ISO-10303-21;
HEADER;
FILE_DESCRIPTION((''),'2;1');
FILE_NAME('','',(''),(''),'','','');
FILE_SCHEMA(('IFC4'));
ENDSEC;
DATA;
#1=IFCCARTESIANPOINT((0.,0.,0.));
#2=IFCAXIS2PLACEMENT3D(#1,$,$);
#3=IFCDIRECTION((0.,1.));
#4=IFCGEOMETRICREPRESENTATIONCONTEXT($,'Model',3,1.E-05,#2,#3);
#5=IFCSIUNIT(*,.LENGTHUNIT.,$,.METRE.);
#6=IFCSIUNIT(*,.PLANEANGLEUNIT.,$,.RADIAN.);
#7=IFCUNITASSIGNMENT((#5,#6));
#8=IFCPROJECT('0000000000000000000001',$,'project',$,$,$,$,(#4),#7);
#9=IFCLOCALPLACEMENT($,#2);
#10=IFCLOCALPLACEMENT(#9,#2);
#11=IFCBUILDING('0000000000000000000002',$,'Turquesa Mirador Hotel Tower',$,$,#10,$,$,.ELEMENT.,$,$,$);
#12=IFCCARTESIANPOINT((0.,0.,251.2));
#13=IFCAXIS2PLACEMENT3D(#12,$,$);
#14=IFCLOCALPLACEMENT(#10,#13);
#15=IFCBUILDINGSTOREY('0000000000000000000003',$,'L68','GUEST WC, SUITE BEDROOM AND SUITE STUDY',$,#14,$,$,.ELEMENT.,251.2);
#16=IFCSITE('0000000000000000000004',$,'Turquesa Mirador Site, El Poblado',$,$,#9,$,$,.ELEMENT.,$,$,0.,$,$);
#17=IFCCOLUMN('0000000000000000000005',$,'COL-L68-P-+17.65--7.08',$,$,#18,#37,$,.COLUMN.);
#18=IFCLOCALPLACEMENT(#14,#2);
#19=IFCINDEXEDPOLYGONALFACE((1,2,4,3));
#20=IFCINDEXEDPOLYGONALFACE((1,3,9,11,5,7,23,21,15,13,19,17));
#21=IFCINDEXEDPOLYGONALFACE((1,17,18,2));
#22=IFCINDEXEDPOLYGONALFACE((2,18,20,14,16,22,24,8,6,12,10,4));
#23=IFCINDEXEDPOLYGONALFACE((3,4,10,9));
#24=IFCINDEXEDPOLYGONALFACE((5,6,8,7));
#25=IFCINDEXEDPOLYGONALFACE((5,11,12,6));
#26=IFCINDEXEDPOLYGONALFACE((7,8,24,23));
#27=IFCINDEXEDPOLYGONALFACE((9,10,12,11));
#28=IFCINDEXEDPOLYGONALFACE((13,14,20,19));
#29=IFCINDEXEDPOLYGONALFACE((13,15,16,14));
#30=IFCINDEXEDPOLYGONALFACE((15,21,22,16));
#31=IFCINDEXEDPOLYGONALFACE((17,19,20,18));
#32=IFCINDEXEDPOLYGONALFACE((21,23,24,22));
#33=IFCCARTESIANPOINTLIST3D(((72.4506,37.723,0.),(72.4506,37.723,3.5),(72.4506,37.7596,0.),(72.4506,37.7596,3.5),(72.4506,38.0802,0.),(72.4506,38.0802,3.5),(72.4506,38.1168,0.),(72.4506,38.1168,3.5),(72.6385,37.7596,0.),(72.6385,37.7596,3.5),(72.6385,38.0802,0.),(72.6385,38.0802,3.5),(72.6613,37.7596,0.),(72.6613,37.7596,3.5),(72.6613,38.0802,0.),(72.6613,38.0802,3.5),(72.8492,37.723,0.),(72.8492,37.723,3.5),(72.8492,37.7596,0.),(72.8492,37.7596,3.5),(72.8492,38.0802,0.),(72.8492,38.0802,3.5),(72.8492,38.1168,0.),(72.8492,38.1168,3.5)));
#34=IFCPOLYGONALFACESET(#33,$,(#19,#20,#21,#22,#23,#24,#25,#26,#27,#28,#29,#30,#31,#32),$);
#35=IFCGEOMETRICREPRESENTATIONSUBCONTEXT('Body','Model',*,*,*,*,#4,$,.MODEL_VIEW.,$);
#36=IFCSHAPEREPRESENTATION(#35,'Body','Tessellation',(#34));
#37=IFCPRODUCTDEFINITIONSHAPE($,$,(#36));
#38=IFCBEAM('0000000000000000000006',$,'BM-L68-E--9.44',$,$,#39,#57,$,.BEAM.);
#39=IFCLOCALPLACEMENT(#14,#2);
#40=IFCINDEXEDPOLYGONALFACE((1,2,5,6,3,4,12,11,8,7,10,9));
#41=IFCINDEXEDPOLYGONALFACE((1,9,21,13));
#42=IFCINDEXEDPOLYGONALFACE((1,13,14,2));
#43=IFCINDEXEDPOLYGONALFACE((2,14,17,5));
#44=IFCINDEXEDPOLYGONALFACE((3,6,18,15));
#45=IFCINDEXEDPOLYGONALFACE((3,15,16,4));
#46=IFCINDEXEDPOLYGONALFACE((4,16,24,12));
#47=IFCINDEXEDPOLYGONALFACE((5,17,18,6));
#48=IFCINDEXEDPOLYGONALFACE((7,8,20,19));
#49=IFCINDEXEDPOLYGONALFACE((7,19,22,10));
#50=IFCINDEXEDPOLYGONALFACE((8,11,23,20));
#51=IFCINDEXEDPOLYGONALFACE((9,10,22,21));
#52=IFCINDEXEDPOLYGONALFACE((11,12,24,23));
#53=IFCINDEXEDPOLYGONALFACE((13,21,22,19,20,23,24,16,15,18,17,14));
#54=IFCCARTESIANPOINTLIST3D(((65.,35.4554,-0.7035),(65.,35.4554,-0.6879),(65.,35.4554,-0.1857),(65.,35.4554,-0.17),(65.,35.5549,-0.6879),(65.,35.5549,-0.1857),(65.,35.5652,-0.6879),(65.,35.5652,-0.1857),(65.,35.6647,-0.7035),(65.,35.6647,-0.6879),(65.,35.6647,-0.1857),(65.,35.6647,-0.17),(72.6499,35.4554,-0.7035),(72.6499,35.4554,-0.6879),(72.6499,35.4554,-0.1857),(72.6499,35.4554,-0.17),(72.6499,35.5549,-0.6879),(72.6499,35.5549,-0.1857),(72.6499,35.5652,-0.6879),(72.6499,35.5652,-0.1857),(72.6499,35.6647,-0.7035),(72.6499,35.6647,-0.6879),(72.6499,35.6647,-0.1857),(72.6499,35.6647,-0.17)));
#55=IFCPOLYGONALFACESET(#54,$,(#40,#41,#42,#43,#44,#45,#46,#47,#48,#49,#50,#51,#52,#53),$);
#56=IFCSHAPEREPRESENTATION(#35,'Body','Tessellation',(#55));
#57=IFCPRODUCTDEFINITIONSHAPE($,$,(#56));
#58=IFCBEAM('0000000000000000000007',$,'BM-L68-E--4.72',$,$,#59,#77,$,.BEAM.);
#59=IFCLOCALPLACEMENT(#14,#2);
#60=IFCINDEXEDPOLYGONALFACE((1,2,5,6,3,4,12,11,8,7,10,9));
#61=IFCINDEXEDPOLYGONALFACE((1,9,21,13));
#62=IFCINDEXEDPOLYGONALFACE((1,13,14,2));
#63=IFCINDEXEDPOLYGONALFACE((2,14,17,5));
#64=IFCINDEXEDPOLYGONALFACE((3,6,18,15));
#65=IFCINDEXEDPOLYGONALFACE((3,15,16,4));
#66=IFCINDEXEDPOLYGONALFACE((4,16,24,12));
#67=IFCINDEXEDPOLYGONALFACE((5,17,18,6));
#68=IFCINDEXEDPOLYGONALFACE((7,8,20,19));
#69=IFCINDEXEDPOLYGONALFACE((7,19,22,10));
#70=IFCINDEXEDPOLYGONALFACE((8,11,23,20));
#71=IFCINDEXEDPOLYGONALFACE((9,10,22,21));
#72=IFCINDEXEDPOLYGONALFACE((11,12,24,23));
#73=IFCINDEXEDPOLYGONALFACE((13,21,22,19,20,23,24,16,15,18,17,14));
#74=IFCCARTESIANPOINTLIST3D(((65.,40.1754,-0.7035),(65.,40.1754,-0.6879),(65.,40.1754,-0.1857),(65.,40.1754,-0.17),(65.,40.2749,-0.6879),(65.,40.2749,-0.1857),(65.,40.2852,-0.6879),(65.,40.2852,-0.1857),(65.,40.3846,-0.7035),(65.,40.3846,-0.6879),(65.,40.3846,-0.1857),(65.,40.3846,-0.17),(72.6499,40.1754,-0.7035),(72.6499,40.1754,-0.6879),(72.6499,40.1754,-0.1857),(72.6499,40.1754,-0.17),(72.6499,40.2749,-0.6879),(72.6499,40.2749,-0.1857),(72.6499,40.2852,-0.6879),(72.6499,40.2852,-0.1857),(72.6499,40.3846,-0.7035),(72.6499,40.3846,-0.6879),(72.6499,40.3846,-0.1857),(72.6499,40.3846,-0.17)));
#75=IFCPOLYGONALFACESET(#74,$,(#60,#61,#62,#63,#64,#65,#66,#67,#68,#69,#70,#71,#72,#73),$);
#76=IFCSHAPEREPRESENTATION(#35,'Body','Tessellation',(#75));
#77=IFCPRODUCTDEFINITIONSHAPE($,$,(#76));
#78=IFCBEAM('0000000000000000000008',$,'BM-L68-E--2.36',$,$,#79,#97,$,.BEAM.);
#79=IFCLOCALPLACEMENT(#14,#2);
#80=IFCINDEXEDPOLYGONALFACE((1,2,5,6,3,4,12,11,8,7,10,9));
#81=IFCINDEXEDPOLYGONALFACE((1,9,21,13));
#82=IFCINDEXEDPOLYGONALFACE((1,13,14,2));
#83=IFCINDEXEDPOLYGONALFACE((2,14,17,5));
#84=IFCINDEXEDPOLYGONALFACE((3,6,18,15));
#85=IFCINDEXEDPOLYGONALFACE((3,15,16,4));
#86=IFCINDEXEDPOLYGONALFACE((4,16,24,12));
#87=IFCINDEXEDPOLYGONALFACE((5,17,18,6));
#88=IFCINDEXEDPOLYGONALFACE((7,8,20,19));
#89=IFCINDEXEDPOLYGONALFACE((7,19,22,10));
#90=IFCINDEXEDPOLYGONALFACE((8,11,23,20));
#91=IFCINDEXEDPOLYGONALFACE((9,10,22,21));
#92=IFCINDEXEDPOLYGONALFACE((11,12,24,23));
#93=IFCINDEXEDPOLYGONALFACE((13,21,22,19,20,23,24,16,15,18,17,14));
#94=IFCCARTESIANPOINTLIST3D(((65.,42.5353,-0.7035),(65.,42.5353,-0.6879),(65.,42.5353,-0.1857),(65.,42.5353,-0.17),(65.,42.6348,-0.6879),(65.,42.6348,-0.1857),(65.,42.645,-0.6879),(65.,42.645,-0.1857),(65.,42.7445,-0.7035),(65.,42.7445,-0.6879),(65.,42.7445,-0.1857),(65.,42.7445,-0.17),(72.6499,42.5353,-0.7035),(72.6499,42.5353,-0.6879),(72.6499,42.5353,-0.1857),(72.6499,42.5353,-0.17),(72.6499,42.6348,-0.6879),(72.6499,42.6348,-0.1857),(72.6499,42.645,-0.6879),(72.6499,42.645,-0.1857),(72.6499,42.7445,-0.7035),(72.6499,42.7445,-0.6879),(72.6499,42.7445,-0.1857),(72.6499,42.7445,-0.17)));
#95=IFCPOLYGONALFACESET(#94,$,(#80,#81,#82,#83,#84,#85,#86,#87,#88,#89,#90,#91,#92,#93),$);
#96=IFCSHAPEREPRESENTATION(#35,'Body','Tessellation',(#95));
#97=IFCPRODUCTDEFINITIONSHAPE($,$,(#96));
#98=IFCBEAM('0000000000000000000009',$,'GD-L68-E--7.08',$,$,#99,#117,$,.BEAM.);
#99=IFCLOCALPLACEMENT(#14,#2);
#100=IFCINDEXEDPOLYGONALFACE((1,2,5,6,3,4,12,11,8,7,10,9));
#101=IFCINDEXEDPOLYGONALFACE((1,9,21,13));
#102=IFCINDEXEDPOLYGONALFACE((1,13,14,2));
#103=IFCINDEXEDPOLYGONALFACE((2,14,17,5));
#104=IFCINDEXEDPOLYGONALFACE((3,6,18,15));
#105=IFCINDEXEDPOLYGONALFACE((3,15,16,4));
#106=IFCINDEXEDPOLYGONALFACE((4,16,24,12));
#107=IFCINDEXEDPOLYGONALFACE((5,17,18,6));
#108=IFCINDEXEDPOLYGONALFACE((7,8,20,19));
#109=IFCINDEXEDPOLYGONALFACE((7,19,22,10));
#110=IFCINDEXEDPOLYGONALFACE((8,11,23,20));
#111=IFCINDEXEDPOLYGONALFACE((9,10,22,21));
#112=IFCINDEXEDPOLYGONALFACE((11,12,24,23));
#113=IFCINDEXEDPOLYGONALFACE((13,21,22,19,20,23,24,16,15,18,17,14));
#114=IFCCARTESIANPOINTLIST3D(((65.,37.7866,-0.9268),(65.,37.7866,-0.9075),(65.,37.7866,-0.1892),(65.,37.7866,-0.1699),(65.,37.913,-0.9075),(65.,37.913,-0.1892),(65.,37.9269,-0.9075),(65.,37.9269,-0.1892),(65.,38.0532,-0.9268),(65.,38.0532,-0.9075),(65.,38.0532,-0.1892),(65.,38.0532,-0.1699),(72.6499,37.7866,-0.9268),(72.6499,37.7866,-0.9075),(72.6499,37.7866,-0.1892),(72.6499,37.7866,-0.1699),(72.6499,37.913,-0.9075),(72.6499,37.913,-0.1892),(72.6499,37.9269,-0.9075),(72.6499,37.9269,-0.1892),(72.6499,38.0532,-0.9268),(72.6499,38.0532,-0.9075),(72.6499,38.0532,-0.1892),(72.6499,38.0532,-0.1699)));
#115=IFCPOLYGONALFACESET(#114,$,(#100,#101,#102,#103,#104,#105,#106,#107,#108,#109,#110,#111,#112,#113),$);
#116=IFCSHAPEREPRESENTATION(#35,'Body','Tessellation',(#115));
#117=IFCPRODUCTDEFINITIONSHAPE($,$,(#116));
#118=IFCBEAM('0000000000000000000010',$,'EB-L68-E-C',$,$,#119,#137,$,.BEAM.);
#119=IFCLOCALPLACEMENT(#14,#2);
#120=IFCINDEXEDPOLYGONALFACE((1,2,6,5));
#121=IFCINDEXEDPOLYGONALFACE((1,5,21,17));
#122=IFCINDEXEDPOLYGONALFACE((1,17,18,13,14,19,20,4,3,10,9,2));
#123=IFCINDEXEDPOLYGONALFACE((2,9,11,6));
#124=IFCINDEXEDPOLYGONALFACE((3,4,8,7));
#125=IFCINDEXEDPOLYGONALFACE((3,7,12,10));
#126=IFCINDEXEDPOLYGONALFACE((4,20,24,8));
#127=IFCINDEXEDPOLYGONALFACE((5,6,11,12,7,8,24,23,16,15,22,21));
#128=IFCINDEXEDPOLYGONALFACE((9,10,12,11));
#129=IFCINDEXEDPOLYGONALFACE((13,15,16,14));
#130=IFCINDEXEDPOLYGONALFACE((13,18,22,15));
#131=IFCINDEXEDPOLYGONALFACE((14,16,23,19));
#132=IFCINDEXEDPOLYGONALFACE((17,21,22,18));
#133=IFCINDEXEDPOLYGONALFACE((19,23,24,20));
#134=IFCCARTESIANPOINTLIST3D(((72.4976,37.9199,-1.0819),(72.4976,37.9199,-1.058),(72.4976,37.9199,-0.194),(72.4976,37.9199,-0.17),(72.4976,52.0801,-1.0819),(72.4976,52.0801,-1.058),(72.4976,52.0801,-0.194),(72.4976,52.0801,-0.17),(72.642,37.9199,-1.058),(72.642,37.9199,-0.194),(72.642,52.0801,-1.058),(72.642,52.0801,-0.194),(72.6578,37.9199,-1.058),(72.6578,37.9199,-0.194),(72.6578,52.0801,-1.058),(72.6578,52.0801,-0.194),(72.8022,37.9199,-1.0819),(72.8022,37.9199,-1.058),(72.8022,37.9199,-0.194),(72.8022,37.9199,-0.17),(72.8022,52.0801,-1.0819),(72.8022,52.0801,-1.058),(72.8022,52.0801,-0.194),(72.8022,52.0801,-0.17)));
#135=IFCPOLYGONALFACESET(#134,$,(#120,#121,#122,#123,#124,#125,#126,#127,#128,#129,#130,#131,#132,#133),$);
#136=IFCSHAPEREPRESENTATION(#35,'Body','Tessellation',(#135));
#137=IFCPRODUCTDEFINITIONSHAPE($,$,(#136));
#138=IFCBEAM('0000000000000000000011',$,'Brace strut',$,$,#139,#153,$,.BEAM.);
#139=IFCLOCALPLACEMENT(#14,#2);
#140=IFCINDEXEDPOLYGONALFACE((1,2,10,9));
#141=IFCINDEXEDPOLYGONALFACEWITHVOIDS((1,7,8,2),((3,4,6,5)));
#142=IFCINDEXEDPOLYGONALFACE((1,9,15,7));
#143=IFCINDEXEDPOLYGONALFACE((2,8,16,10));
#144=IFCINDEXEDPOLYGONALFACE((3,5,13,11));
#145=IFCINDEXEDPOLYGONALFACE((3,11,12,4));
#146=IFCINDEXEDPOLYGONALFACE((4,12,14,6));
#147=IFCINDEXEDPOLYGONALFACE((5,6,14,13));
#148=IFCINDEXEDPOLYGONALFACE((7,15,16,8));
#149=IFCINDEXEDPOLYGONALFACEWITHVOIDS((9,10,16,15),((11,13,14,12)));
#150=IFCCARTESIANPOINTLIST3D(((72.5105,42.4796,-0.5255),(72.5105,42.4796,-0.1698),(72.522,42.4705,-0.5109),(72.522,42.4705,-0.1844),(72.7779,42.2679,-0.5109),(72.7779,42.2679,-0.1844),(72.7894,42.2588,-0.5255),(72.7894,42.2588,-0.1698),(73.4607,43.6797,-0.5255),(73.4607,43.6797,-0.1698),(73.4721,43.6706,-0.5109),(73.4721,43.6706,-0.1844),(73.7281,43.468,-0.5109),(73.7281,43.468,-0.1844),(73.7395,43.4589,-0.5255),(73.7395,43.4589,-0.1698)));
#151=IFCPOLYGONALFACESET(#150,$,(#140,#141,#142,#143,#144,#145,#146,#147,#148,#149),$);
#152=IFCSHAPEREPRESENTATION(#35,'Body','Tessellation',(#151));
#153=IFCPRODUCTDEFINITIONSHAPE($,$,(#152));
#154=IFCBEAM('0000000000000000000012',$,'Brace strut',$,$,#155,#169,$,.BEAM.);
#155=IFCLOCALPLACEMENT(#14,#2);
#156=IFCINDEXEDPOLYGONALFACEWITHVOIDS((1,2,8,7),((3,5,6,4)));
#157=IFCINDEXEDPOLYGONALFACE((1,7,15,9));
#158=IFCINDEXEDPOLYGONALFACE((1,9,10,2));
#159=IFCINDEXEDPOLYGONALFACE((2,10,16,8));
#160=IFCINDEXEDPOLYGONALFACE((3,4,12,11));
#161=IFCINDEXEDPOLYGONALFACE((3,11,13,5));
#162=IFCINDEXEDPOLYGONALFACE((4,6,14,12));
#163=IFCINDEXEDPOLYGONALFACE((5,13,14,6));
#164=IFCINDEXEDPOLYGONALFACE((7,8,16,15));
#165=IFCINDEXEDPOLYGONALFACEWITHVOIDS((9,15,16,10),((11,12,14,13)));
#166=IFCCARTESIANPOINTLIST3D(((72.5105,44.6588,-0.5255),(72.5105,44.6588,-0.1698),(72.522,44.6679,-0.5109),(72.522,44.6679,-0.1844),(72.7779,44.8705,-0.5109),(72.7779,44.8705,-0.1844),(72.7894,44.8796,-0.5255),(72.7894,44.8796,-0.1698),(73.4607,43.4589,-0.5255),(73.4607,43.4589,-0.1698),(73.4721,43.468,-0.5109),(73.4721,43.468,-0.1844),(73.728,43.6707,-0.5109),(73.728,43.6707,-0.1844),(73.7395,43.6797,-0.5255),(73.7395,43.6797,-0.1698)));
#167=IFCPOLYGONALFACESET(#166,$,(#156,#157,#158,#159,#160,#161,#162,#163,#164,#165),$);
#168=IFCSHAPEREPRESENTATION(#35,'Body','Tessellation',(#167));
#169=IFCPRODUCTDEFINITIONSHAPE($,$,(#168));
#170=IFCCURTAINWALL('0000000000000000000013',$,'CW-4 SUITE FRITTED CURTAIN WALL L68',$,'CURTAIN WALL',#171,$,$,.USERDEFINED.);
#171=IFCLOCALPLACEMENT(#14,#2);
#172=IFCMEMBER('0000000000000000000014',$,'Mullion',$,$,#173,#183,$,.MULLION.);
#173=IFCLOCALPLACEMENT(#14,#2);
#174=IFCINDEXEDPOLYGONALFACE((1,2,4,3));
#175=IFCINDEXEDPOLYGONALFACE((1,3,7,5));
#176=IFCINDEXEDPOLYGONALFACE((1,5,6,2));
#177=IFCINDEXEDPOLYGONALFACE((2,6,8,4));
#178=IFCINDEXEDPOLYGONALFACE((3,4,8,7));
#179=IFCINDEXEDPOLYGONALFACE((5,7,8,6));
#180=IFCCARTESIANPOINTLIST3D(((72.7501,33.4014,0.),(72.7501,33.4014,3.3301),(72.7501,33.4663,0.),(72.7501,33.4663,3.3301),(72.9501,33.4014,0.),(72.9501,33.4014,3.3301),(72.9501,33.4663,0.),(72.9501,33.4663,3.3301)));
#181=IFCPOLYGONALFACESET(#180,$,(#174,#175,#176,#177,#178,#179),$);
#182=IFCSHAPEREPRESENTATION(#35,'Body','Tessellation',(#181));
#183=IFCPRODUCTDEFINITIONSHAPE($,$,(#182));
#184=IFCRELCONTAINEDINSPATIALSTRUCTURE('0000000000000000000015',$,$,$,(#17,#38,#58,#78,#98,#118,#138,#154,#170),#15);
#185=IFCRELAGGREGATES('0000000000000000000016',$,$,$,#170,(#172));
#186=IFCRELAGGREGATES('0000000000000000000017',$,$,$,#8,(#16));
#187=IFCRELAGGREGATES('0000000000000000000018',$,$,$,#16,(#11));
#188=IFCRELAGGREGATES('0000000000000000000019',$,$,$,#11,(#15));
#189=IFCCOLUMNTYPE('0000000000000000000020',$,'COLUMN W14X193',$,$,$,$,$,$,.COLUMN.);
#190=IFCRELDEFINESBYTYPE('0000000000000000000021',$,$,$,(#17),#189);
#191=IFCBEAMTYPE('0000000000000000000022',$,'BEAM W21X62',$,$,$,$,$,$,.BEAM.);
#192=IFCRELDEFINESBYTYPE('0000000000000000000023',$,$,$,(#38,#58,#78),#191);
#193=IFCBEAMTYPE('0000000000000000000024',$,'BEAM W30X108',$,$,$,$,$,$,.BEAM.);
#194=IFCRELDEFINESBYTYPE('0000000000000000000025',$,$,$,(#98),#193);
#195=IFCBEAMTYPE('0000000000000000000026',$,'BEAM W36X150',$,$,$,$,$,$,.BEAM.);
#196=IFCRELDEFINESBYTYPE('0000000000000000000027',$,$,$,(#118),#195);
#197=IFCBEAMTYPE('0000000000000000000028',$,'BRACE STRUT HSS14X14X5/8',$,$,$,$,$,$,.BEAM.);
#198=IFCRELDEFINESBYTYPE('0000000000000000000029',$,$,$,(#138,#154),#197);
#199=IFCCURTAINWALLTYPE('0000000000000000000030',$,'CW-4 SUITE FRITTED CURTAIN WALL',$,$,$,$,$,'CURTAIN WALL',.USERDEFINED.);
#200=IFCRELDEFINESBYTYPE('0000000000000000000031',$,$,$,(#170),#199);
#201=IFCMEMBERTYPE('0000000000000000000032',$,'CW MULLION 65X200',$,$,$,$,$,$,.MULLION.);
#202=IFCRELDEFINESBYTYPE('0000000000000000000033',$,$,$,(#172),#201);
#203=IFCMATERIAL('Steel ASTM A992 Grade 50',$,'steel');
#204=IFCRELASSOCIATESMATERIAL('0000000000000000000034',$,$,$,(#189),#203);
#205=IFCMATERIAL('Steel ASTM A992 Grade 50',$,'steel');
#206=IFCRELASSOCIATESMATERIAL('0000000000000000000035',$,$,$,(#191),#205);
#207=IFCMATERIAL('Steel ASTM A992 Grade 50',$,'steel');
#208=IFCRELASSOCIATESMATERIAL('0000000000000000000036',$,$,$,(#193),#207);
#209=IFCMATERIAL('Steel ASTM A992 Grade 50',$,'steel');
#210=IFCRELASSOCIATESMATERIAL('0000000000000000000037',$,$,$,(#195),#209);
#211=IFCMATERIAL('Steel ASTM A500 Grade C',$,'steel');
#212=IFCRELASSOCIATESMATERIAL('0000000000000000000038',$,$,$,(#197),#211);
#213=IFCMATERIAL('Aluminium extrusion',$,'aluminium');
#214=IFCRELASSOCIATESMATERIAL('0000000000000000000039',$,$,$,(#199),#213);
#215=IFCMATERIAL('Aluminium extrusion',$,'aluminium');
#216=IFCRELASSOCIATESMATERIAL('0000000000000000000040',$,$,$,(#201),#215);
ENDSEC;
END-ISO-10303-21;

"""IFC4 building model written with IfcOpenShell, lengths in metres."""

from ifc_helpers import new_model, si_unit, direction, frame, origin, origin_2d, place, context, subcontext, project, spatial, rectangle, hollow_rectangle, i_section, extrude, material, material_profile, profile_set, type_object, element, aggregate, save


model = new_model("IFC4")

# Units and contexts
model_context = context("Model", 3, precision=1e-05, world=origin(), true_north=direction((0.0, 1.0)))
body_context = subcontext(model_context, "Body", "Model", "MODEL_VIEW")
ifc_project = project(units=[si_unit("LENGTHUNIT", "METRE"), si_unit("PLANEANGLEUNIT", "RADIAN")], contexts=[model_context])

# Site, building, storey
site_placement = place(None, origin())
site = spatial("IfcSite", under=ifc_project, at=site_placement, Name="Turquesa Mirador Site, El Poblado", CompositionType="ELEMENT", RefElevation=0.0)
building_placement = place(site_placement, origin())
building = spatial("IfcBuilding", under=site, at=building_placement, Name="Turquesa Mirador Hotel Tower", CompositionType="ELEMENT")
storey_placement = place(building_placement, frame((0.0, 0.0, 251.2)))
storey = spatial("IfcBuildingStorey", under=building, at=storey_placement, Name="L68", Description="GUEST WC, SUITE BEDROOM AND SUITE STUDY", CompositionType="ELEMENT", Elevation=251.2)

# Column
ifc_material_1 = material(Name="Steel ASTM A992 Grade 50", Category="steel")
ifc_material_profile_1 = material_profile(ifc_material_1, i_section(OverallWidth=0.3987, OverallDepth=0.3938, WebThickness=0.0227, FlangeThickness=0.0366, at=origin_2d()), Name="W14X193")
ifc_profile_set_1 = profile_set([ifc_material_profile_1], Name="Steel ASTM A992 Grade 50")
column_type = type_object("IfcColumnType", Name="COLUMN W14X193", PredefinedType="COLUMN", material=ifc_profile_set_1)
column_placement = place(storey_placement, frame((72.6499, 37.9199, 0.0), z_axis=(0.0, 0.0, 1.0), x_axis=(1.0, 0.0, 0.0)))
element("IfcColumn", 1, at=column_placement, inside=storey, type_object=column_type, Name="COL-L68-P-+17.65--7.08", PredefinedType="COLUMN", context=body_context, shape_type="SweptSolid", body=[
    extrude(i_section(OverallWidth=0.3987, OverallDepth=0.3938, WebThickness=0.0227, FlangeThickness=0.0366, at=origin_2d()), origin(), (0.0, 0.0, 1.0), 3.5),
])

# Beams
ifc_material_2 = material(Name="Steel ASTM A992 Grade 50", Category="steel")
ifc_material_profile_2 = material_profile(ifc_material_2, i_section(OverallWidth=0.2092, OverallDepth=0.5334, WebThickness=0.0103, FlangeThickness=0.0156, at=origin_2d()), Name="W21X62")
ifc_profile_set_2 = profile_set([ifc_material_profile_2], Name="Steel ASTM A992 Grade 50")
beam_type_1 = type_object("IfcBeamType", Name="BEAM W21X62", PredefinedType="BEAM", material=ifc_profile_set_2)
for number, where, z_axis, x_axis, name in (
    (2, (72.6499, 35.5601, -0.4368), (-1.0, 0.0, 0.0), (0.0, -1.0, 0.0), "BM-L68-E--9.44"),
    (3, (72.6499, 40.28, -0.4368), (-1.0, 0.0, 0.0), (0.0, -1.0, 0.0), "BM-L68-E--4.72"),
    (4, (72.6499, 42.6399, -0.4368), (-1.0, 0.0, 0.0), (0.0, -1.0, 0.0), "BM-L68-E--2.36"),
):
    element("IfcBeam", number, at=place(storey_placement, frame(where, z_axis=z_axis, x_axis=x_axis)), inside=storey, type_object=beam_type_1, Name=name, PredefinedType="BEAM", context=body_context, shape_type="SweptSolid", body=[
        extrude(i_section(OverallWidth=0.2092, OverallDepth=0.5334, WebThickness=0.0103, FlangeThickness=0.0156, at=origin_2d()), origin(), (0.0, 0.0, 1.0), 7.6499),
    ])
ifc_material_3 = material(Name="Steel ASTM A992 Grade 50", Category="steel")
ifc_material_profile_3 = material_profile(ifc_material_3, i_section(OverallWidth=0.2666, OverallDepth=0.7568, WebThickness=0.0139, FlangeThickness=0.0193, at=origin_2d()), Name="W30X108")
ifc_profile_set_3 = profile_set([ifc_material_profile_3], Name="Steel ASTM A992 Grade 50")
beam_type_2 = type_object("IfcBeamType", Name="BEAM W30X108", PredefinedType="BEAM", material=ifc_profile_set_3)
beam_1_placement = place(storey_placement, frame((72.6499, 37.9199, -0.5483), z_axis=(-1.0, 0.0, 0.0), x_axis=(0.0, -1.0, 0.0)))
element("IfcBeam", 5, at=beam_1_placement, inside=storey, type_object=beam_type_2, Name="GD-L68-E--7.08", PredefinedType="BEAM", context=body_context, shape_type="SweptSolid", body=[
    extrude(i_section(OverallWidth=0.2666, OverallDepth=0.7568, WebThickness=0.0139, FlangeThickness=0.0193, at=origin_2d()), origin(), (0.0, 0.0, 1.0), 7.6499),
])
ifc_material_4 = material(Name="Steel ASTM A992 Grade 50", Category="steel")
ifc_material_profile_4 = material_profile(ifc_material_4, i_section(OverallWidth=0.3047, OverallDepth=0.9119, WebThickness=0.0159, FlangeThickness=0.0239, at=origin_2d()), Name="W36X150")
ifc_profile_set_4 = profile_set([ifc_material_profile_4], Name="Steel ASTM A992 Grade 50")
beam_type_3 = type_object("IfcBeamType", Name="BEAM W36X150", PredefinedType="BEAM", material=ifc_profile_set_4)
beam_2_placement = place(storey_placement, frame((72.6499, 37.9199, -0.626), z_axis=(0.0, 1.0, 0.0), x_axis=(-1.0, 0.0, 0.0)))
element("IfcBeam", 6, at=beam_2_placement, inside=storey, type_object=beam_type_3, Name="EB-L68-E-C", PredefinedType="BEAM", context=body_context, shape_type="SweptSolid", body=[
    extrude(i_section(OverallWidth=0.3047, OverallDepth=0.9119, WebThickness=0.0159, FlangeThickness=0.0239, at=origin_2d()), origin(), (0.0, 0.0, 1.0), 14.1602),
])
ifc_material_5 = material(Name="Steel ASTM A500 Grade C", Category="steel")
ifc_material_profile_5 = material_profile(ifc_material_5, hollow_rectangle(XDim=0.3557, YDim=0.3557, WallThickness=0.0146, at=origin_2d()), Name="HSS14X14X5/8")
ifc_profile_set_5 = profile_set([ifc_material_profile_5], Name="Steel ASTM A500 Grade C")
beam_type_4 = type_object("IfcBeamType", Name="BRACE STRUT HSS14X14X5/8", PredefinedType="BEAM", material=ifc_profile_set_5)
beam_3_placement = place(storey_placement, frame((73.6001, 43.5693, -0.3477), z_axis=(-0.620719, -0.784033, 0.0), x_axis=(0.784033, -0.620719, 0.0)))
element("IfcBeam", 7, at=beam_3_placement, inside=storey, type_object=beam_type_4, Name="Brace strut", PredefinedType="BEAM", context=body_context, shape_type="SweptSolid", body=[
    extrude(hollow_rectangle(XDim=0.3557, YDim=0.3557, WallThickness=0.0146, at=origin_2d()), origin(), (0.0, 0.0, 1.0), 1.5308),
])
beam_4_placement = place(storey_placement, frame((73.6001, 43.5693, -0.3477), z_axis=(-0.620797, 0.783971, 0.0), x_axis=(-0.783971, -0.620797, 0.0)))
element("IfcBeam", 8, at=beam_4_placement, inside=storey, type_object=beam_type_4, Name="Brace strut", PredefinedType="BEAM", context=body_context, shape_type="SweptSolid", body=[
    extrude(hollow_rectangle(XDim=0.3557, YDim=0.3557, WallThickness=0.0146, at=origin_2d()), origin(), (0.0, 0.0, 1.0), 1.5305),
])

# Curtain wall, member
ifc_material_6 = material(Name="Aluminium extrusion", Category="aluminium")
curtain_wall_type = type_object("IfcCurtainWallType", Name="CW-4 SUITE FRITTED CURTAIN WALL", ElementType="CURTAIN WALL", PredefinedType="USERDEFINED", material=ifc_material_6)
curtain_wall_1_placement = place(storey_placement, origin())
curtain_wall_1 = element("IfcCurtainWall", 9, at=curtain_wall_1_placement, inside=storey, type_object=curtain_wall_type, Name="CW-4 SUITE FRITTED CURTAIN WALL L68", ObjectType="CURTAIN WALL", PredefinedType="USERDEFINED")
ifc_material_7 = material(Name="Aluminium extrusion", Category="aluminium")
ifc_material_profile_6 = material_profile(ifc_material_7, rectangle(XDim=0.0649, YDim=0.2, at=origin_2d()), Name="MULLION 65X200")
ifc_profile_set_6 = profile_set([ifc_material_profile_6], Name="Aluminium extrusion")
member_type_1 = type_object("IfcMemberType", Name="CW MULLION 65X200", PredefinedType="MULLION", material=ifc_profile_set_6)
member_1_placement = place(storey_placement, frame((72.8501, 33.4338, 0.0), z_axis=(0.0, 0.0, 1.0), x_axis=(0.0, 1.0, 0.0)))
member_1 = element("IfcMember", 10, at=member_1_placement, type_object=member_type_1, Name="Mullion", PredefinedType="MULLION", context=body_context, shape_type="SweptSolid", body=[
    extrude(rectangle(XDim=0.0649, YDim=0.2, at=origin_2d()), origin(), (0.0, 0.0, 1.0), 3.3301),
])

aggregate(curtain_wall_1, [member_1])

save(model, "model.ifc")
